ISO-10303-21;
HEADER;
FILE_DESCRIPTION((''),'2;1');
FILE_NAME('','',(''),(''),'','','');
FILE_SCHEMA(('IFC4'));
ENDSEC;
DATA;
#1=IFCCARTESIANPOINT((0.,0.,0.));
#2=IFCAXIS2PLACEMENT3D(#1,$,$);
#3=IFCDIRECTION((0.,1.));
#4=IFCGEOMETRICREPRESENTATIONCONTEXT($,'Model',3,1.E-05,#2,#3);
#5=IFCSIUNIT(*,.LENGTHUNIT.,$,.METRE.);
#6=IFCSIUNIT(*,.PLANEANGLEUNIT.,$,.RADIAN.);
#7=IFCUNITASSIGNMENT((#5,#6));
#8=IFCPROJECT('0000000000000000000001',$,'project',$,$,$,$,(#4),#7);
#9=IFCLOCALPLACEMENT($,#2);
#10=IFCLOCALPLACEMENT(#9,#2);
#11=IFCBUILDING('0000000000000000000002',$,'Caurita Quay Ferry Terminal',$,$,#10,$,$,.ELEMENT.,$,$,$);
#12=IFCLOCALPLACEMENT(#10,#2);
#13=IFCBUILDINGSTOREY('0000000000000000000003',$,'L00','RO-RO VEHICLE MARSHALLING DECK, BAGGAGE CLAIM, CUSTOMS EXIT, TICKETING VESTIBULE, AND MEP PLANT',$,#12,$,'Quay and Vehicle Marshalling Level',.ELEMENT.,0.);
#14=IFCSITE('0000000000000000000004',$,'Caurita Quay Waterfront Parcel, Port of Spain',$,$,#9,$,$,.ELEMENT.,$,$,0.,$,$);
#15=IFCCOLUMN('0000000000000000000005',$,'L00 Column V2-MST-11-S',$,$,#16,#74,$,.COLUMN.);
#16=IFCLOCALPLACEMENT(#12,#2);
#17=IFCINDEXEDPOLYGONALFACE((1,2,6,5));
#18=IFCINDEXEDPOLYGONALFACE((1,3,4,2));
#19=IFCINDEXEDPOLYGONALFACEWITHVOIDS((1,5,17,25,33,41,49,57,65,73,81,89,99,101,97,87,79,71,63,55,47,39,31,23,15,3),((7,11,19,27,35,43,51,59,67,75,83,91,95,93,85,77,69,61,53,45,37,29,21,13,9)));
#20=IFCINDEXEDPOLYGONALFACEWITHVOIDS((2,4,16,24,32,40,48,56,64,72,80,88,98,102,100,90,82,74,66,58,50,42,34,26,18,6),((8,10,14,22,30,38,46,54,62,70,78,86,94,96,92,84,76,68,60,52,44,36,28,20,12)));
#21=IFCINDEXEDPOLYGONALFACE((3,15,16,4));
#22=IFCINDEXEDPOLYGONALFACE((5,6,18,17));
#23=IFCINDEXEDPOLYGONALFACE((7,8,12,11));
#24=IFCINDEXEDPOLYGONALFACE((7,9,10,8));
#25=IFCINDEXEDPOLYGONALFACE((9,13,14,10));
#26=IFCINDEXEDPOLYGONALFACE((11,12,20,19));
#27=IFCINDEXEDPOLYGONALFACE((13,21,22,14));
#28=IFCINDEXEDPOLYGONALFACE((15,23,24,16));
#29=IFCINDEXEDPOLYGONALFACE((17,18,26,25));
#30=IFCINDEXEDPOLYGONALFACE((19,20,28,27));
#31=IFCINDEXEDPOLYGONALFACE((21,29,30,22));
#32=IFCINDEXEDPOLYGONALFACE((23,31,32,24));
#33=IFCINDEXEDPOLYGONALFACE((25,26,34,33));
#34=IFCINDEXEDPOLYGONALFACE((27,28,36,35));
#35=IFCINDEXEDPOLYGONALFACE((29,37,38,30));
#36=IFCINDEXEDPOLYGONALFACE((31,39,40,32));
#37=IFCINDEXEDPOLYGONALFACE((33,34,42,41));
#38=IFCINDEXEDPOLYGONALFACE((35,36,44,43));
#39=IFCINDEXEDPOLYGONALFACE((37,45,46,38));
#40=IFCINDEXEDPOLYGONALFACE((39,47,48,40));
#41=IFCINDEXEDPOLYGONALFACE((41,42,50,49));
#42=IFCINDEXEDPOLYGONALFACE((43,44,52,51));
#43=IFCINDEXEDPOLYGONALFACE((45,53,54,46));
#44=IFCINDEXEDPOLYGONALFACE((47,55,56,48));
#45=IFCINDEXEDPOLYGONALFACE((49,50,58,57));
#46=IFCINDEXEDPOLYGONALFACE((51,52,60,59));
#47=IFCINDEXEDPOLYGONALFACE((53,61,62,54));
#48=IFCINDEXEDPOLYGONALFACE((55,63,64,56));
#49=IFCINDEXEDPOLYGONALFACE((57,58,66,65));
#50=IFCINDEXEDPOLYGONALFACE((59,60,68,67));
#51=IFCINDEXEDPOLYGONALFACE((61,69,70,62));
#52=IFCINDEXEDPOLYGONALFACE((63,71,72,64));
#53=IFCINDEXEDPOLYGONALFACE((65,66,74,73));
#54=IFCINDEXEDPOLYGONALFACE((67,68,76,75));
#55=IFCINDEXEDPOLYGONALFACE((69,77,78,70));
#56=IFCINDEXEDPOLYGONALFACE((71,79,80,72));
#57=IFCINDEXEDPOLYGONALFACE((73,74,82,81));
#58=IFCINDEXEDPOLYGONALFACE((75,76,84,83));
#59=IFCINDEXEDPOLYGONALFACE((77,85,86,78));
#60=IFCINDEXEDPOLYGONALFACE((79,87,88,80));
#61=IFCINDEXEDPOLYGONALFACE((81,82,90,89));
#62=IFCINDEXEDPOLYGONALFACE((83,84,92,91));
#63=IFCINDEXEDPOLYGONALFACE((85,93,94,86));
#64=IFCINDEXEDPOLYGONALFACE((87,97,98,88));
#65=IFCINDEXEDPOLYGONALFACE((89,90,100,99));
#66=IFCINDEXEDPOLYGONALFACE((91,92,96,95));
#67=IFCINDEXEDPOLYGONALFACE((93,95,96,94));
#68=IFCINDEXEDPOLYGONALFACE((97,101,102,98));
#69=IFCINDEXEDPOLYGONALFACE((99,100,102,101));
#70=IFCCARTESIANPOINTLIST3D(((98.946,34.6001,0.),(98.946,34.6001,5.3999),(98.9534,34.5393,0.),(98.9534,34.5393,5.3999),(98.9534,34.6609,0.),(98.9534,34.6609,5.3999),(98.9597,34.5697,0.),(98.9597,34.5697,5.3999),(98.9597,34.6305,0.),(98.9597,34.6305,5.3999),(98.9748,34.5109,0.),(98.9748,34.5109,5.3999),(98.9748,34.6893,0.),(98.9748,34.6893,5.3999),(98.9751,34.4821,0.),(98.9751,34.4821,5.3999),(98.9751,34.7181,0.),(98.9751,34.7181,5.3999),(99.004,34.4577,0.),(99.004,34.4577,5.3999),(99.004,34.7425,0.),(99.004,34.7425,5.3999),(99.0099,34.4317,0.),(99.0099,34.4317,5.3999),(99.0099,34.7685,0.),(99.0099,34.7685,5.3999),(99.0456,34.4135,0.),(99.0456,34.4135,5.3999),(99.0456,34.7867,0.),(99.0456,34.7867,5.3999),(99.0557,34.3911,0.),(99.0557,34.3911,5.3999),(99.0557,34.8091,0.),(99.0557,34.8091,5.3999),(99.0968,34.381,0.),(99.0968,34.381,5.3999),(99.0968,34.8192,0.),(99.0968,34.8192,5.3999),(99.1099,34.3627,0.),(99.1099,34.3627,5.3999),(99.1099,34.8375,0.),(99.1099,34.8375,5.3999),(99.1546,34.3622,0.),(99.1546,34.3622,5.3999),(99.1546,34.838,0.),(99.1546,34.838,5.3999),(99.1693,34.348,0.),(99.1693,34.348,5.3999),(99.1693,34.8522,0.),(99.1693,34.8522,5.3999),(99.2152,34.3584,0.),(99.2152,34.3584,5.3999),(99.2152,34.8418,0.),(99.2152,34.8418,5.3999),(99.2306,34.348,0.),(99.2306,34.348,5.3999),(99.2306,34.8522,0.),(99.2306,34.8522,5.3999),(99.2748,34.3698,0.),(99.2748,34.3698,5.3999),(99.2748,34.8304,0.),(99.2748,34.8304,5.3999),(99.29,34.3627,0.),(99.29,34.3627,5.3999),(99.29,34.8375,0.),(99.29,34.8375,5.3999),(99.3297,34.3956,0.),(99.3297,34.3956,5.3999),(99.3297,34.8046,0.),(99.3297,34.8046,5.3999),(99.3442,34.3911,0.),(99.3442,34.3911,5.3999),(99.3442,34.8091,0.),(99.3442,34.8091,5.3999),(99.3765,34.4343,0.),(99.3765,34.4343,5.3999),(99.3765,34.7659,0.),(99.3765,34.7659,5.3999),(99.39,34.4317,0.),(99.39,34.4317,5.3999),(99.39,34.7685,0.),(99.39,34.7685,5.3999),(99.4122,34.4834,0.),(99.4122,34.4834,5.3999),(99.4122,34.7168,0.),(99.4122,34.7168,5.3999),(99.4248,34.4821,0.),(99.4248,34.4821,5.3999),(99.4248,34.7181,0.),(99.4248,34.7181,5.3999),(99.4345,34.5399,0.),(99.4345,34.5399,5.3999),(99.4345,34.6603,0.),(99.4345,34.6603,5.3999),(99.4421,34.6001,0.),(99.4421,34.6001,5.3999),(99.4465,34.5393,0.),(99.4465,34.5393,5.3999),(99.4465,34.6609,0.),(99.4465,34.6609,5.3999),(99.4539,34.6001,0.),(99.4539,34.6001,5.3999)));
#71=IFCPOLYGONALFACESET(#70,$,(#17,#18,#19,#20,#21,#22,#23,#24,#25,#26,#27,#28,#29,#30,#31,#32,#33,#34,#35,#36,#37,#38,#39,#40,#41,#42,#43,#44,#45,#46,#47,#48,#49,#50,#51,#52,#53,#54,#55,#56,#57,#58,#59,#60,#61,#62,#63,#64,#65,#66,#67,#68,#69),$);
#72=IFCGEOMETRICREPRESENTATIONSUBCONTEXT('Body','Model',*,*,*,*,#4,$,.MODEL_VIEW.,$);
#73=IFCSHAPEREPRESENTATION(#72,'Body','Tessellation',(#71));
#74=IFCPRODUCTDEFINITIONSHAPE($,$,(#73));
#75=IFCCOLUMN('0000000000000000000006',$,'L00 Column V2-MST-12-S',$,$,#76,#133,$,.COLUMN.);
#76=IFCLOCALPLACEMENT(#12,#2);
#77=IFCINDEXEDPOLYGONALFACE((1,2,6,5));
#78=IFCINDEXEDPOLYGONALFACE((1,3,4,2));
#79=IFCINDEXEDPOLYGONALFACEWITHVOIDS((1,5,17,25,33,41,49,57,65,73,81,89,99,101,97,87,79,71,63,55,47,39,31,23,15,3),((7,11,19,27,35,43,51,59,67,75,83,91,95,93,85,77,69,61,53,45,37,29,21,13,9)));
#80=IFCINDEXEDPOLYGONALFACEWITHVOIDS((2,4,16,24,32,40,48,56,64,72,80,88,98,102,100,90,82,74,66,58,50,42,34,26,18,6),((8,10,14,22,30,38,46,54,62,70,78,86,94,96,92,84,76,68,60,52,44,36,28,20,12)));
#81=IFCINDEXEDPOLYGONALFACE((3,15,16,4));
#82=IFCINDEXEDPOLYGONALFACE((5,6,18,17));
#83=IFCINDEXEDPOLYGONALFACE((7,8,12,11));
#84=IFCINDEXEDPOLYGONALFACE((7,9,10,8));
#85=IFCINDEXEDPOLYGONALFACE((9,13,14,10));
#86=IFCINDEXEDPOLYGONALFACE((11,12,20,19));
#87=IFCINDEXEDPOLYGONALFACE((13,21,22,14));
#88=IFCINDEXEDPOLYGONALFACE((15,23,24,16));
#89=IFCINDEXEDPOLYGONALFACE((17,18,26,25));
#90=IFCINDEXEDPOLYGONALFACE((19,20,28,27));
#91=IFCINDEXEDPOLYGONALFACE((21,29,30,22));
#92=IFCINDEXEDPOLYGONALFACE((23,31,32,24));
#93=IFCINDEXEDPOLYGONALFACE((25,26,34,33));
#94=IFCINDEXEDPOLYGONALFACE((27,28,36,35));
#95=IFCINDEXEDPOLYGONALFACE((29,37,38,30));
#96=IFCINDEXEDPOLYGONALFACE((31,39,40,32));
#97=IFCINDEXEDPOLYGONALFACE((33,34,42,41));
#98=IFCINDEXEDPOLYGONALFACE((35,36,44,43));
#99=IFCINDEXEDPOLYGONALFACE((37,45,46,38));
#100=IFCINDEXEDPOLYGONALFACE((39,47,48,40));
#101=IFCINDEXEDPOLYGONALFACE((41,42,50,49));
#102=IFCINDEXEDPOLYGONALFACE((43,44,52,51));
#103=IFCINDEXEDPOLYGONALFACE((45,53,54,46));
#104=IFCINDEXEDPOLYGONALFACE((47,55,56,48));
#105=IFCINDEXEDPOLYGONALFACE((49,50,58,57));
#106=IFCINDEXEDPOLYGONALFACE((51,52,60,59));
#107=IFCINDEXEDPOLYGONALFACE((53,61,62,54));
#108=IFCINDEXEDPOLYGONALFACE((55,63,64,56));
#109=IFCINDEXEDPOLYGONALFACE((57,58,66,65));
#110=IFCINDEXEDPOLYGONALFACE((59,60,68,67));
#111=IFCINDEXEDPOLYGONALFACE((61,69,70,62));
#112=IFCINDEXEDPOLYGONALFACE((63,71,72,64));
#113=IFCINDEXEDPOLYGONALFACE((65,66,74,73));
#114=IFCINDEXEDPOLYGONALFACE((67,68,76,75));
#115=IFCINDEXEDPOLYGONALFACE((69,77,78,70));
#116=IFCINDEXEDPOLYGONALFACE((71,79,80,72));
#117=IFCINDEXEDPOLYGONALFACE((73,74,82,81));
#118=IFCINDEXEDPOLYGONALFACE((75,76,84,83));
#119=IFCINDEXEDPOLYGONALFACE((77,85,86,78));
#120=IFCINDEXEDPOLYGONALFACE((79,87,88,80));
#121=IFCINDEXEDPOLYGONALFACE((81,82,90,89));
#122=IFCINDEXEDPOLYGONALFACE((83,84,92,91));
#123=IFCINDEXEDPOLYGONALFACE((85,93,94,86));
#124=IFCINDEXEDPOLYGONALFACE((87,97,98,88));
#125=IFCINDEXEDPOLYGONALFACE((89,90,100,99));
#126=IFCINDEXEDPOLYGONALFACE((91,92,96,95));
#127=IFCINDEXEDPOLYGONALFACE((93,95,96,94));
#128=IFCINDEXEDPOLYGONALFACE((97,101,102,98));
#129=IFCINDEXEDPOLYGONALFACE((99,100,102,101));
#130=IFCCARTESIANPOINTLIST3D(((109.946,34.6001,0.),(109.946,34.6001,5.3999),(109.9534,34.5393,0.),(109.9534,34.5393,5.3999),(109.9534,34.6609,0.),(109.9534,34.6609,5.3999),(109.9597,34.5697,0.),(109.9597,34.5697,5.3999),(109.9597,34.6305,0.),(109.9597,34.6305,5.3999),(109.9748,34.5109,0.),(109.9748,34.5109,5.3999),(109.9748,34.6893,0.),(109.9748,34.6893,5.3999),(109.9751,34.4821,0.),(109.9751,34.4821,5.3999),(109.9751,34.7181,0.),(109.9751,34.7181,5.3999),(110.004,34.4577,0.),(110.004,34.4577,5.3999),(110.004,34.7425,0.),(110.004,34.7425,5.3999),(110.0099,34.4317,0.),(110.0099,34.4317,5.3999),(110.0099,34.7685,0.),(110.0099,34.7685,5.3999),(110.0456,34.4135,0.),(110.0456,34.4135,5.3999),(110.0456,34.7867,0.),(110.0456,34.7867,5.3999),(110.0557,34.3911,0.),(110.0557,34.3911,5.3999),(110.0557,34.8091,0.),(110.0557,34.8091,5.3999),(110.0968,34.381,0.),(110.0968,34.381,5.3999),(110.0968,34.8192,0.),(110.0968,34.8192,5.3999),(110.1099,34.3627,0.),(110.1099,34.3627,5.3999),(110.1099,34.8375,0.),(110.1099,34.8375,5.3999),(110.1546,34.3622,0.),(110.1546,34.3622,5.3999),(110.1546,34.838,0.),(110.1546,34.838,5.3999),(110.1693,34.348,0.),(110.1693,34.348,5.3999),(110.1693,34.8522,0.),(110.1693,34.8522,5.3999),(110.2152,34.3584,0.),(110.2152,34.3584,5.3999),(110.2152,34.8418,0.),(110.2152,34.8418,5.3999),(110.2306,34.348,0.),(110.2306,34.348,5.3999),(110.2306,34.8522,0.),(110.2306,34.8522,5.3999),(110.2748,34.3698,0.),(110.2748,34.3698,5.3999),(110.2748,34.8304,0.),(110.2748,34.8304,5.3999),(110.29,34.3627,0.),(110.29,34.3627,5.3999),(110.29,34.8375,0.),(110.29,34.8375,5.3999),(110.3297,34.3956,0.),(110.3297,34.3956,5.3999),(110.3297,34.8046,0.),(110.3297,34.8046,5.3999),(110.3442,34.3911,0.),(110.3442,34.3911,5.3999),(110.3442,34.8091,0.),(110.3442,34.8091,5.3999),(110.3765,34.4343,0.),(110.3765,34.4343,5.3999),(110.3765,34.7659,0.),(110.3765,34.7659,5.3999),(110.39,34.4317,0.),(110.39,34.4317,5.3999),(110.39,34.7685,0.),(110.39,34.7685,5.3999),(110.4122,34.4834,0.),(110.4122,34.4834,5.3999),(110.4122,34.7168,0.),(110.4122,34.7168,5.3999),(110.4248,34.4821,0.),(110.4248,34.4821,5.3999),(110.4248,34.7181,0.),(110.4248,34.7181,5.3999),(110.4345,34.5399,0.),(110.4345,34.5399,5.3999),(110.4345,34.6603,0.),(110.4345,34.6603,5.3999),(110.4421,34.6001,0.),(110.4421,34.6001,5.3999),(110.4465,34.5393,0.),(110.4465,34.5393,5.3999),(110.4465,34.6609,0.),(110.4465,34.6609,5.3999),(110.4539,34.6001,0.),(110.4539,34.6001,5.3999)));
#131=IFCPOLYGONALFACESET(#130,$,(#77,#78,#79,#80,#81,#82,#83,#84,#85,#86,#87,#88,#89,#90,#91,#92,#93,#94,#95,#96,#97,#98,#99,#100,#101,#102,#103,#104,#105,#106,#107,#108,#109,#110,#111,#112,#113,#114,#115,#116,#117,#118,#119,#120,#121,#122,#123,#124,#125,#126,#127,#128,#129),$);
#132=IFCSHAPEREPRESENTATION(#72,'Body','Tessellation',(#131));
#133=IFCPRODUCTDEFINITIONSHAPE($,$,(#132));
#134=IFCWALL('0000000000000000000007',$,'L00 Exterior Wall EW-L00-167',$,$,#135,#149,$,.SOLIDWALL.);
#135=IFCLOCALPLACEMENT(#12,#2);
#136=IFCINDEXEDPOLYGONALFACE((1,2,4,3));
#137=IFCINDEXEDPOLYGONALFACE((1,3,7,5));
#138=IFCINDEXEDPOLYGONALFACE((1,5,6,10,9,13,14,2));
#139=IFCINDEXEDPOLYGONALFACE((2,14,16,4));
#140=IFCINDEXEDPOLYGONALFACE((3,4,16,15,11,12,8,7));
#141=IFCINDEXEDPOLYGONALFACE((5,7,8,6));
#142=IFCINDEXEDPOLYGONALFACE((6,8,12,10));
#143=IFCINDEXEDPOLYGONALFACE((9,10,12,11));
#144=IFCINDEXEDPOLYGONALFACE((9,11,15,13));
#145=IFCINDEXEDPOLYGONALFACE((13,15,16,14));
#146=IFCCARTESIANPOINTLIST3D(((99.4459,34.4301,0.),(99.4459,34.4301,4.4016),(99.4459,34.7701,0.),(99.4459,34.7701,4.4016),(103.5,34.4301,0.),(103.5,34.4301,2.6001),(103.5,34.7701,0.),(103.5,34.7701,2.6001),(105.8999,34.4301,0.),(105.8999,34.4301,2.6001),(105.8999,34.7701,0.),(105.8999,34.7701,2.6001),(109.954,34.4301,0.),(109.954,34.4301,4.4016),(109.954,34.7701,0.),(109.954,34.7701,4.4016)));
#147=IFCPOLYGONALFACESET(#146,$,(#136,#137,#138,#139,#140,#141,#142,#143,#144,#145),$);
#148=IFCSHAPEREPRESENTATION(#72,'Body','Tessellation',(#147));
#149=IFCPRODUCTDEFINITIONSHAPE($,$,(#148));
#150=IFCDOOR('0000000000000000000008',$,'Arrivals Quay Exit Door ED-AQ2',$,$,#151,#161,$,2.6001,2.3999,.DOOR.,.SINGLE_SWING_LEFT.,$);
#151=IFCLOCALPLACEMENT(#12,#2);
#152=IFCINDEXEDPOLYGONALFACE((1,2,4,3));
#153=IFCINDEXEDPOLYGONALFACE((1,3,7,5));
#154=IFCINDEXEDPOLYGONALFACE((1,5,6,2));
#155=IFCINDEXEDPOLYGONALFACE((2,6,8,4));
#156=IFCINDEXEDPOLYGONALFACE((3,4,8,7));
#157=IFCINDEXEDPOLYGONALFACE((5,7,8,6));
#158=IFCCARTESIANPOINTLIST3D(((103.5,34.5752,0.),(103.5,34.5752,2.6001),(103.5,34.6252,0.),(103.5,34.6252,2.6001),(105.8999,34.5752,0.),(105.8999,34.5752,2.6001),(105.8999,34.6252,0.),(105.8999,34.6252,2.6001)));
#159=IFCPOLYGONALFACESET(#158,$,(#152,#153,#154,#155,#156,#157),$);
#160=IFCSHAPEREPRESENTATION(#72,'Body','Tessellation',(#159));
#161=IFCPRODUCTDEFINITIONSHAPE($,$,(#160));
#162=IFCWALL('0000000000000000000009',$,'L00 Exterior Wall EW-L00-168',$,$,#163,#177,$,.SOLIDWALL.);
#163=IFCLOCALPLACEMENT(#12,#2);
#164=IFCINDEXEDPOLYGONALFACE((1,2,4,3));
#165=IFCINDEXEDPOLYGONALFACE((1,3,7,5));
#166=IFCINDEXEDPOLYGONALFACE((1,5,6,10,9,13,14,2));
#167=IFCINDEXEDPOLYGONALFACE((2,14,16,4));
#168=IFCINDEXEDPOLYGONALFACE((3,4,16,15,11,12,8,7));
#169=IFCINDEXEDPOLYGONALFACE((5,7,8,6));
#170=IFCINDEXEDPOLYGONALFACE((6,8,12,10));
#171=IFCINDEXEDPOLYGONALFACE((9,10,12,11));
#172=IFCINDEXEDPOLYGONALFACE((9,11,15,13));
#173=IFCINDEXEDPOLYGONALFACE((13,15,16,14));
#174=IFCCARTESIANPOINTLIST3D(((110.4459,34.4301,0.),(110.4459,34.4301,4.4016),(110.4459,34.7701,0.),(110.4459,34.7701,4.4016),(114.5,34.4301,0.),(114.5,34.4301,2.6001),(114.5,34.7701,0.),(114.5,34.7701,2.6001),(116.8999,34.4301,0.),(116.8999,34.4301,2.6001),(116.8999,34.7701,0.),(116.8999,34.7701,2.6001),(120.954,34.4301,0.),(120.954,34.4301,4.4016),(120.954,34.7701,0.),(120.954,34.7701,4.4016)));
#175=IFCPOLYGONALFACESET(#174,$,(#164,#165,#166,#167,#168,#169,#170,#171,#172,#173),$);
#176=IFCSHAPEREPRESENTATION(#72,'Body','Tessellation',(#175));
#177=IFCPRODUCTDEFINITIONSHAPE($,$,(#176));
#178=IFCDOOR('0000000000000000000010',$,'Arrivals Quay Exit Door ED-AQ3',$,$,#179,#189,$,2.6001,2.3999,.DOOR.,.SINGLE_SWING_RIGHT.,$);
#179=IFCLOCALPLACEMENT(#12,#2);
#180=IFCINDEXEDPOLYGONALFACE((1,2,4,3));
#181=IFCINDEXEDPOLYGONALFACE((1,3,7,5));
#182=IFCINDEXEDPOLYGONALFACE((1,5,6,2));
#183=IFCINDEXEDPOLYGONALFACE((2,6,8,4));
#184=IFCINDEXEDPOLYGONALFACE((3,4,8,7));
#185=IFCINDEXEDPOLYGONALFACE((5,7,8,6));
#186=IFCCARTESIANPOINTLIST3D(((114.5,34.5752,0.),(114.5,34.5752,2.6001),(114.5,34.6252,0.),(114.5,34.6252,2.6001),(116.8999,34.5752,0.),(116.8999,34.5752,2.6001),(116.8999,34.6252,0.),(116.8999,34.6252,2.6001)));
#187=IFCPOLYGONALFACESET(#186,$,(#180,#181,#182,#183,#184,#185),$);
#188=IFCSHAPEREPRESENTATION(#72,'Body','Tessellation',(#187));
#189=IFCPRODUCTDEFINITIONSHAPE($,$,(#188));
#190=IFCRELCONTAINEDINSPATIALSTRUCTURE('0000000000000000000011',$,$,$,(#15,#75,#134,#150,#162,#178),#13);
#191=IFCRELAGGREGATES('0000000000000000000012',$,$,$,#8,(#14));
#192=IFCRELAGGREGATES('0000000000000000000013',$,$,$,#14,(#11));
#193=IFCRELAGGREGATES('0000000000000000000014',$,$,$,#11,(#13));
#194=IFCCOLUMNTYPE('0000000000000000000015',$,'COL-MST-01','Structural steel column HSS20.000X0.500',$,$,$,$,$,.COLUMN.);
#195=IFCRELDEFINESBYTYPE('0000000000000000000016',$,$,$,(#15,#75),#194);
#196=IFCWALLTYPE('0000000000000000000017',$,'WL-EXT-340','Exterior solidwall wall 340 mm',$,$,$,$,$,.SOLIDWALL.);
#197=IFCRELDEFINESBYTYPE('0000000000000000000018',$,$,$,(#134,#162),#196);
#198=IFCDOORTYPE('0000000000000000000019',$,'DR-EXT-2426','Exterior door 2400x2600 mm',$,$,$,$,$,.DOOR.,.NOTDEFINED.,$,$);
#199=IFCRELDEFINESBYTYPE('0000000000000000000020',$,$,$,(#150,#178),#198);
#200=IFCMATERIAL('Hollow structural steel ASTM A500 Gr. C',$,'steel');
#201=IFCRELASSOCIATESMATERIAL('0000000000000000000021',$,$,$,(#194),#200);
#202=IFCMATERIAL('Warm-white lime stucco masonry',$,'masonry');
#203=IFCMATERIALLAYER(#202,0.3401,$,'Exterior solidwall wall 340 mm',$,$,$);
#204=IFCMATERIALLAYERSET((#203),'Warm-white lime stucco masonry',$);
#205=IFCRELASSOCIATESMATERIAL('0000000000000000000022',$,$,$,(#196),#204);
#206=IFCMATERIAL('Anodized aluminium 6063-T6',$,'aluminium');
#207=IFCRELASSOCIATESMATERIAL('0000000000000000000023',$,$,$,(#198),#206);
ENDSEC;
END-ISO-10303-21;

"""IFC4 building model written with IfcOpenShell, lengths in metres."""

from ifc_helpers import new_model, si_unit, direction, frame, frame_2d, origin, origin_2d, place, context, subcontext, project, spatial, rectangle, hollow_circle, extrude, material, layer, layer_set, material_profile, profile_set, type_object, element, fill, save


model = new_model("IFC4")

# Units and contexts
model_context = context("Model", 3, precision=1e-05, world=origin(), true_north=direction((0.0, 1.0)))
body_context = subcontext(model_context, "Body", "Model", "MODEL_VIEW")
ifc_project = project(units=[si_unit("LENGTHUNIT", "METRE"), si_unit("PLANEANGLEUNIT", "RADIAN")], contexts=[model_context])

# Site, building, storey
site_placement = place(None, origin())
site = spatial("IfcSite", under=ifc_project, at=site_placement, Name="Caurita Quay Waterfront Parcel, Port of Spain", CompositionType="ELEMENT", RefElevation=0.0)
building_placement = place(site_placement, origin())
building = spatial("IfcBuilding", under=site, at=building_placement, Name="Caurita Quay Ferry Terminal", CompositionType="ELEMENT")
storey_placement = place(building_placement, origin())
storey = spatial("IfcBuildingStorey", under=building, at=storey_placement, Name="L00", Description="RO-RO VEHICLE MARSHALLING DECK, BAGGAGE CLAIM, CUSTOMS EXIT, TICKETING VESTIBULE, AND MEP PLANT", LongName="Quay and Vehicle Marshalling Level", CompositionType="ELEMENT", Elevation=0.0)

# Columns
ifc_material_1 = material(Name="Hollow structural steel ASTM A500 Gr. C", Category="steel")
ifc_material_profile_1 = material_profile(ifc_material_1, hollow_circle(Radius=0.2539, WallThickness=0.0117, at=origin_2d()), Name="HSS20.000X0.500")
ifc_profile_set_1 = profile_set([ifc_material_profile_1], Name="Hollow structural steel ASTM A500 Gr. C")
column_type = type_object("IfcColumnType", Name="COL-MST-01", Description="Structural steel column HSS20.000X0.500", PredefinedType="COLUMN", material=ifc_profile_set_1)
for number, where, z_axis, x_axis, name in (
    (1, (99.2, 34.6001, 0.0), (0.0, 0.0, 1.0), (1.0, 0.0, 0.0), "L00 Column V2-MST-11-S"),
    (2, (110.2, 34.6001, 0.0), (0.0, 0.0, 1.0), (1.0, 0.0, 0.0), "L00 Column V2-MST-12-S"),
):
    element("IfcColumn", number, at=place(storey_placement, frame(where, z_axis=z_axis, x_axis=x_axis)), inside=storey, type_object=column_type, Name=name, PredefinedType="COLUMN", context=body_context, shape_type="SweptSolid", body=[
        extrude(hollow_circle(Radius=0.2539, WallThickness=0.0117, at=origin_2d()), origin(), (0.0, 0.0, 1.0), 5.3999),
    ])

# Walls, openings, doors
ifc_material_2 = material(Name="Warm-white lime stucco masonry", Category="masonry")
ifc_layer_1 = layer(ifc_material_2, 0.3401, Name="Exterior solidwall wall 340 mm")
ifc_layer_set_1 = layer_set([ifc_layer_1], Name="Warm-white lime stucco masonry")
wall_type_1 = type_object("IfcWallType", Name="WL-EXT-340", Description="Exterior solidwall wall 340 mm", PredefinedType="SOLIDWALL", material=ifc_layer_set_1)
wall_1_placement = place(storey_placement, frame((99.446, 34.6001, 0.0), z_axis=(0.0, 0.0, 1.0), x_axis=(1.0, 0.0, 0.0)))
wall_1 = element("IfcWall", 3, at=wall_1_placement, inside=storey, type_object=wall_type_1, Name="L00 Exterior Wall EW-L00-167", PredefinedType="SOLIDWALL", context=body_context, shape_type="SweptSolid", body=[
    extrude(rectangle(XDim=10.5081, YDim=0.3401, at=frame_2d((5.2539, 0.0))), origin(), (0.0, 0.0, 1.0), 4.4016),
])
opening_1_placement = place(wall_1_placement, frame((4.054, 0.0, 0.0)))
opening_1 = element("IfcOpeningElement", 4, at=opening_1_placement, cuts=wall_1, PredefinedType="OPENING", context=body_context, shape_type="SweptSolid", body=[
    extrude(rectangle(XDim=2.3999, YDim=2.6001, at=frame_2d((1.2, 1.3))), frame((0.0, 0.1799, 0.0), z_axis=(0.0, -1.0, 0.0), x_axis=(1.0, 0.0, 0.0)), (0.0, 0.0, 1.0), 0.3601),
])
ifc_material_3 = material(Name="Anodized aluminium 6063-T6", Category="aluminium")
door_type = type_object("IfcDoorType", Name="DR-EXT-2426", Description="Exterior door 2400x2600 mm", OperationType="NOTDEFINED", PredefinedType="DOOR", material=ifc_material_3)
door_1_placement = place(opening_1_placement, frame((2.3999, 0.0, 0.0), z_axis=(0.0, 0.0, 1.0), x_axis=(-1.0, 0.0, 0.0)))
door_1 = element("IfcDoor", 5, at=door_1_placement, inside=storey, type_object=door_type, Name="Arrivals Quay Exit Door ED-AQ2", OperationType="SINGLE_SWING_LEFT", OverallHeight=2.6001, OverallWidth=2.3999, PredefinedType="DOOR", context=body_context, shape_type="SweptSolid", body=[
    extrude(rectangle(XDim=2.3999, YDim=2.6001, at=frame_2d((1.2, 1.3))), frame((0.0, 0.0249, 0.0), z_axis=(0.0, -1.0, 0.0), x_axis=(1.0, 0.0, 0.0)), (0.0, 0.0, 1.0), 0.05),
])
fill(opening_1, door_1)
wall_2_placement = place(storey_placement, frame((110.446, 34.6001, 0.0), z_axis=(0.0, 0.0, 1.0), x_axis=(1.0, 0.0, 0.0)))
wall_2 = element("IfcWall", 6, at=wall_2_placement, inside=storey, type_object=wall_type_1, Name="L00 Exterior Wall EW-L00-168", PredefinedType="SOLIDWALL", context=body_context, shape_type="SweptSolid", body=[
    extrude(rectangle(XDim=10.5081, YDim=0.3401, at=frame_2d((5.2539, 0.0))), origin(), (0.0, 0.0, 1.0), 4.4016),
])
opening_2_placement = place(wall_2_placement, frame((4.054, 0.0, 0.0)))
opening_2 = element("IfcOpeningElement", 7, at=opening_2_placement, cuts=wall_2, PredefinedType="OPENING", context=body_context, shape_type="SweptSolid", body=[
    extrude(rectangle(XDim=2.3999, YDim=2.6001, at=frame_2d((1.2, 1.3))), frame((0.0, 0.1799, 0.0), z_axis=(0.0, -1.0, 0.0), x_axis=(1.0, 0.0, 0.0)), (0.0, 0.0, 1.0), 0.3601),
])
door_2_placement = place(opening_2_placement, frame((2.3999, 0.0, 0.0), z_axis=(0.0, 0.0, 1.0), x_axis=(-1.0, 0.0, 0.0)))
door_2 = element("IfcDoor", 8, at=door_2_placement, inside=storey, type_object=door_type, Name="Arrivals Quay Exit Door ED-AQ3", OperationType="SINGLE_SWING_RIGHT", OverallHeight=2.6001, OverallWidth=2.3999, PredefinedType="DOOR", context=body_context, shape_type="SweptSolid", body=[
    extrude(rectangle(XDim=2.3999, YDim=2.6001, at=frame_2d((1.2, 1.3))), frame((0.0, 0.0249, 0.0), z_axis=(0.0, -1.0, 0.0), x_axis=(1.0, 0.0, 0.0)), (0.0, 0.0, 1.0), 0.05),
])
fill(opening_2, door_2)

save(model, "model.ifc")
